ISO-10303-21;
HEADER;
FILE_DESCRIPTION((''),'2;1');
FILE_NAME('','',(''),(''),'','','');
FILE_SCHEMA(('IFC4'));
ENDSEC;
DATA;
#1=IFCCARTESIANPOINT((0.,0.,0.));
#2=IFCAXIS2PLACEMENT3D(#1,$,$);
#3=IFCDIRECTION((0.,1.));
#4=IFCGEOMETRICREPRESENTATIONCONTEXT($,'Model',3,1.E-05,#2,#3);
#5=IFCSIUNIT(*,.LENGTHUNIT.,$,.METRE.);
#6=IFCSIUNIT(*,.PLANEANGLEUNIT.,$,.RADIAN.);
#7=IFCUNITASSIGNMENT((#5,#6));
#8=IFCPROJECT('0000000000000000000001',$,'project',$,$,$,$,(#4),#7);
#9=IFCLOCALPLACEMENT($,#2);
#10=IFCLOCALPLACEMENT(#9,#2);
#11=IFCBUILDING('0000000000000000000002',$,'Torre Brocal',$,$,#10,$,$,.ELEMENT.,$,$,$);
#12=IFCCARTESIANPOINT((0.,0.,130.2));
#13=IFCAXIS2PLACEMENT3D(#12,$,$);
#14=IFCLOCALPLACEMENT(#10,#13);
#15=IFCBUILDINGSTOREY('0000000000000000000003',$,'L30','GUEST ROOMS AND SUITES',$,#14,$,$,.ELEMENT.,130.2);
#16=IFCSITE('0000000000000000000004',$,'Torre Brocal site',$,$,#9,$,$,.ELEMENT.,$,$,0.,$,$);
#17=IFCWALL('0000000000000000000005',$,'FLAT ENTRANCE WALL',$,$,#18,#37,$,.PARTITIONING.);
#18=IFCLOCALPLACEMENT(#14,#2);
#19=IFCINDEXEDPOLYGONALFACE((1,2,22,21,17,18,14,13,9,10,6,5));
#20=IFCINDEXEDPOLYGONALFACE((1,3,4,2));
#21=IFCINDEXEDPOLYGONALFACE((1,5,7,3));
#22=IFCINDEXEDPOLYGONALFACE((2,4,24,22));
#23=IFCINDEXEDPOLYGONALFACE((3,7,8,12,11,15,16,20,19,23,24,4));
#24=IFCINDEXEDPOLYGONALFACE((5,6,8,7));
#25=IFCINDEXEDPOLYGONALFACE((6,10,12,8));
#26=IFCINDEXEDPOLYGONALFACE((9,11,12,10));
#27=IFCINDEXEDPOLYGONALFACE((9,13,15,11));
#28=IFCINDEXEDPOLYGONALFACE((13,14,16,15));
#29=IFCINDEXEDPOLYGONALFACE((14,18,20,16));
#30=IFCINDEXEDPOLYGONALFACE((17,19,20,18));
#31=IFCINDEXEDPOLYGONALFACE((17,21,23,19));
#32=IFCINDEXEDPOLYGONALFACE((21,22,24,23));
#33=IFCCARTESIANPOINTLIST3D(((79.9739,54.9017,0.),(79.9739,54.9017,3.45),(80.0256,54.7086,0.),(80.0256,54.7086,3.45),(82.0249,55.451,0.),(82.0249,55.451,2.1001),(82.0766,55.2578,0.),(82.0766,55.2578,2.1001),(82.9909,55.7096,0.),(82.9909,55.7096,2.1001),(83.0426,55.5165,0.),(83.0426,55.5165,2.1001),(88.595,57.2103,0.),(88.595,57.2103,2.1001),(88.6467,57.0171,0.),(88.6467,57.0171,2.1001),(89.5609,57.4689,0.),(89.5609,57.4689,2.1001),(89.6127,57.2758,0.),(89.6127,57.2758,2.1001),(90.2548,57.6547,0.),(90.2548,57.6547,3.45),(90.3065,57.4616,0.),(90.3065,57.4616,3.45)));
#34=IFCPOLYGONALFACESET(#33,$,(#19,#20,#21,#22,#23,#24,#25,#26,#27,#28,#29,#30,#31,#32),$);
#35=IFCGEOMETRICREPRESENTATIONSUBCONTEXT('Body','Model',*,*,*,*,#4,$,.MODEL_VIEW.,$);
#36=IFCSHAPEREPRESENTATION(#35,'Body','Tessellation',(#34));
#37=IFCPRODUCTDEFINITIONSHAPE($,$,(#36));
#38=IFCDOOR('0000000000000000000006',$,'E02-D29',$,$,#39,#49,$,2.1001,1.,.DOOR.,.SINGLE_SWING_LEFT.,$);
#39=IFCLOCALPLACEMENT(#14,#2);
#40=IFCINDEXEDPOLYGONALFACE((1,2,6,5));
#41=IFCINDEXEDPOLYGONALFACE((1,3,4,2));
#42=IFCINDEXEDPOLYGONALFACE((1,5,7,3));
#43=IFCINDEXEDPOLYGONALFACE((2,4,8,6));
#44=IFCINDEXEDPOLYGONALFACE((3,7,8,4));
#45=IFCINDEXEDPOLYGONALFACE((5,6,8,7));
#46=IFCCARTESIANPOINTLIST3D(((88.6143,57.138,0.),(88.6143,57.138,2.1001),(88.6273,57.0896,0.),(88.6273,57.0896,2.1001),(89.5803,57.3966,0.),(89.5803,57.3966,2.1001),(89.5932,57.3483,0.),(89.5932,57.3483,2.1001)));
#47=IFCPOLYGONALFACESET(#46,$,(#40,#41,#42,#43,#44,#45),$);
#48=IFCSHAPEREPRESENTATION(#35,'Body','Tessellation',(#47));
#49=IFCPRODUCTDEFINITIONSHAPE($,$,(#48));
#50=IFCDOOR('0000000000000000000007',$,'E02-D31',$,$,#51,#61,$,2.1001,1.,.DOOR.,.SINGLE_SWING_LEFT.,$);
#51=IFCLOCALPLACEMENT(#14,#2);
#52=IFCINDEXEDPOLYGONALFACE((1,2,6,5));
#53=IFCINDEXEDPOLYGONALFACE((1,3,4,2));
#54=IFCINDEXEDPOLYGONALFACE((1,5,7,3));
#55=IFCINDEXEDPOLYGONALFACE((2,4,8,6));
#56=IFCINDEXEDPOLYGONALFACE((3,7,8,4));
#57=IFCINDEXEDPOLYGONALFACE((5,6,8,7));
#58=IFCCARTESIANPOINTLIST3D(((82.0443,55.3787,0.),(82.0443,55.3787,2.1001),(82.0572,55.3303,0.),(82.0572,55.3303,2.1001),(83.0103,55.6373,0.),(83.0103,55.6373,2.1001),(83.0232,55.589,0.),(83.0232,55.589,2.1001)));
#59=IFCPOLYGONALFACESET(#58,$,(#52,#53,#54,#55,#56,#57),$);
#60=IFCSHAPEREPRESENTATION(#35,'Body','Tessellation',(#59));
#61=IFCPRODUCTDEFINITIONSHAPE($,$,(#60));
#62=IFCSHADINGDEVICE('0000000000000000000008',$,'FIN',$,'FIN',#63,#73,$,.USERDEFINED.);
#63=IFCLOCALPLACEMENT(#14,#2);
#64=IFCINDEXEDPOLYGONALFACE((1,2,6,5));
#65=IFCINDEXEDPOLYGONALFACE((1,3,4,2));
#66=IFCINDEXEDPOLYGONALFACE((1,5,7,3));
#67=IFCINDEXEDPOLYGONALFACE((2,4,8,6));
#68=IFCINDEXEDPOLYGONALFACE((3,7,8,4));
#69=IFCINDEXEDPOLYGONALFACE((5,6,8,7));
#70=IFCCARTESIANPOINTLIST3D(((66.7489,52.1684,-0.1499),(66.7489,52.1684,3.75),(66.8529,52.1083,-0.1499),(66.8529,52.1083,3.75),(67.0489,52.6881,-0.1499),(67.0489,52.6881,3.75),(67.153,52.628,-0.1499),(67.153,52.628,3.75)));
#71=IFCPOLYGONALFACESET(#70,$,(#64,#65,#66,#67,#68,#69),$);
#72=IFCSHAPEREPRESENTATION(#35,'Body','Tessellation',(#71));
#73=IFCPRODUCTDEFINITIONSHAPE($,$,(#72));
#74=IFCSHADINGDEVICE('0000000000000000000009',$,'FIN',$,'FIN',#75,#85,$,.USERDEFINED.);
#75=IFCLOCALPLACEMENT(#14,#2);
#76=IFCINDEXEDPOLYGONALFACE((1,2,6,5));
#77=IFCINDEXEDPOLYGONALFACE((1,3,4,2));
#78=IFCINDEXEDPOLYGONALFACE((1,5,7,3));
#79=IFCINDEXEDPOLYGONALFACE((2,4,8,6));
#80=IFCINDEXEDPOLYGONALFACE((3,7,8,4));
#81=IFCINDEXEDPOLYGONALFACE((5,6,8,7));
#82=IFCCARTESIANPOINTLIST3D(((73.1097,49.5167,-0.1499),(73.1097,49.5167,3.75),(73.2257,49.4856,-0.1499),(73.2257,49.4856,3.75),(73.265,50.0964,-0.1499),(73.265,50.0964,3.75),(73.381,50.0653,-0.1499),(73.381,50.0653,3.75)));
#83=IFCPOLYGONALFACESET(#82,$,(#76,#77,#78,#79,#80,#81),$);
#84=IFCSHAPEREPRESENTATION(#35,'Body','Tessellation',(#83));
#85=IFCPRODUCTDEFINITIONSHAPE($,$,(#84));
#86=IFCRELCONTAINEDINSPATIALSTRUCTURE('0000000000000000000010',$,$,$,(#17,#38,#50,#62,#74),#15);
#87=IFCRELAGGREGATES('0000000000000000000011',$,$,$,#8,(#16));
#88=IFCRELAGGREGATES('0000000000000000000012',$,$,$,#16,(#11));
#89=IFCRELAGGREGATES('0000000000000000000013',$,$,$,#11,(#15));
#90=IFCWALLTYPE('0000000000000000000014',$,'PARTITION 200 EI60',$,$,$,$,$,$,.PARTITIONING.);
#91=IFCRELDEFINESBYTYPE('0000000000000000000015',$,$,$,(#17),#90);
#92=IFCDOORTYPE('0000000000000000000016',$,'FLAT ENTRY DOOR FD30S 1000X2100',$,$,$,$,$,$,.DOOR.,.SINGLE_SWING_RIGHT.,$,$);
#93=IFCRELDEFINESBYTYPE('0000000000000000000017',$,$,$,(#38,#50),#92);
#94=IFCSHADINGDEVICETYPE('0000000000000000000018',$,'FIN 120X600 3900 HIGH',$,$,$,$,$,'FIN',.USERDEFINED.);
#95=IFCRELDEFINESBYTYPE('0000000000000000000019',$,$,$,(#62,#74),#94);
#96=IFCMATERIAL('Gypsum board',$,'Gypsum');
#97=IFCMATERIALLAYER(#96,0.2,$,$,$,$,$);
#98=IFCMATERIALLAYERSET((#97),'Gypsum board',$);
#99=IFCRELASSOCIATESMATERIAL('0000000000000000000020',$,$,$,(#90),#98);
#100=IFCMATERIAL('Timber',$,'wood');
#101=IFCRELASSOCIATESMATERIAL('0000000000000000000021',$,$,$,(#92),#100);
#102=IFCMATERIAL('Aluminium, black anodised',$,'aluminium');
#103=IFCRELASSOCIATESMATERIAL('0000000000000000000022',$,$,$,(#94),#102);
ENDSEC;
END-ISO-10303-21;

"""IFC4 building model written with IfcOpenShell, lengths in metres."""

from ifc_helpers import new_model, si_unit, direction, frame, frame_2d, origin, origin_2d, place, context, subcontext, project, spatial, rectangle, extrude, material, layer, layer_set, material_profile, profile_set, type_object, element, fill, save


model = new_model("IFC4")

# Units and contexts
model_context = context("Model", 3, precision=1e-05, world=origin(), true_north=direction((0.0, 1.0)))
body_context = subcontext(model_context, "Body", "Model", "MODEL_VIEW")
ifc_project = project(units=[si_unit("LENGTHUNIT", "METRE"), si_unit("PLANEANGLEUNIT", "RADIAN")], contexts=[model_context])

# Site, building, storey
site_placement = place(None, origin())
site = spatial("IfcSite", under=ifc_project, at=site_placement, Name="Torre Brocal site", CompositionType="ELEMENT", RefElevation=0.0)
building_placement = place(site_placement, origin())
building = spatial("IfcBuilding", under=site, at=building_placement, Name="Torre Brocal", CompositionType="ELEMENT")
storey_placement = place(building_placement, frame((0.0, 0.0, 130.2)))
storey = spatial("IfcBuildingStorey", under=building, at=storey_placement, Name="L30", Description="GUEST ROOMS AND SUITES", CompositionType="ELEMENT", Elevation=130.2)

# Shared definitions
ifc_material_1 = material(Name="Gypsum board", Category="Gypsum")
ifc_layer_1 = layer(ifc_material_1, 0.2)
ifc_layer_set_1 = layer_set([ifc_layer_1], Name="Gypsum board")
wall_type_1 = type_object("IfcWallType", Name="PARTITION 200 EI60", PredefinedType="PARTITIONING", material=ifc_layer_set_1)
ifc_material_2 = material(Name="Timber", Category="wood")
door_type_1 = type_object("IfcDoorType", Name="FLAT ENTRY DOOR FD30S 1000X2100", OperationType="SINGLE_SWING_RIGHT", PredefinedType="DOOR", material=ifc_material_2)

# Wall, openings, doors
wall_1_placement = place(storey_placement, frame((79.9998, 54.8052, 0.0), z_axis=(0.0, 0.0, 1.0), x_axis=(0.965968, 0.258662, 0.0)))
wall_1 = element("IfcWall", 1, at=wall_1_placement, inside=storey, type_object=wall_type_1, Name="FLAT ENTRANCE WALL", PredefinedType="PARTITIONING", context=body_context, shape_type="SweptSolid", body=[
    extrude(rectangle(XDim=10.6431, YDim=0.2, at=frame_2d((5.3215, 0.0))), origin(), (0.0, 0.0, 1.0), 3.45),
])
opening_1_placement = place(wall_1_placement, frame((8.9248, 0.0, 0.0)))
opening_1 = element("IfcOpeningElement", 2, at=opening_1_placement, cuts=wall_1, PredefinedType="OPENING", context=body_context, shape_type="SweptSolid", body=[
    extrude(rectangle(XDim=1.0, YDim=2.1001, at=frame_2d((0.5, 1.05))), frame((0.0, 0.1099, 0.0), z_axis=(0.0, -1.0, 0.0), x_axis=(1.0, 0.0, 0.0)), (0.0, 0.0, 1.0), 0.22),
])
opening_2_placement = place(wall_1_placement, frame((2.1233, 0.0, 0.0)))
opening_2 = element("IfcOpeningElement", 3, at=opening_2_placement, cuts=wall_1, PredefinedType="OPENING", context=body_context, shape_type="SweptSolid", body=[
    extrude(rectangle(XDim=1.0, YDim=2.1001, at=frame_2d((0.5, 1.05))), frame((0.0, 0.1099, 0.0), z_axis=(0.0, -1.0, 0.0), x_axis=(1.0, 0.0, 0.0)), (0.0, 0.0, 1.0), 0.22),
])
door_1_placement = place(opening_1_placement, frame((1.0, 0.0, 0.0), z_axis=(0.0, 0.0, 1.0), x_axis=(-1.0, 0.0, 0.0)))
door_1 = element("IfcDoor", 4, at=door_1_placement, inside=storey, type_object=door_type_1, Name="E02-D29", OperationType="SINGLE_SWING_LEFT", OverallHeight=2.1001, OverallWidth=1.0, PredefinedType="DOOR", context=body_context, shape_type="SweptSolid", body=[
    extrude(rectangle(XDim=1.0, YDim=2.1001, at=frame_2d((0.5, 1.05))), frame((0.0, 0.0249, 0.0), z_axis=(0.0, -1.0, 0.0), x_axis=(1.0, 0.0, 0.0)), (0.0, 0.0, 1.0), 0.05),
])
fill(opening_1, door_1)
door_2_placement = place(opening_2_placement, frame((1.0, 0.0, 0.0), z_axis=(0.0, 0.0, 1.0), x_axis=(-1.0, 0.0, 0.0)))
door_2 = element("IfcDoor", 5, at=door_2_placement, inside=storey, type_object=door_type_1, Name="E02-D31", OperationType="SINGLE_SWING_LEFT", OverallHeight=2.1001, OverallWidth=1.0, PredefinedType="DOOR", context=body_context, shape_type="SweptSolid", body=[
    extrude(rectangle(XDim=1.0, YDim=2.1001, at=frame_2d((0.5, 1.05))), frame((0.0, 0.0249, 0.0), z_axis=(0.0, -1.0, 0.0), x_axis=(1.0, 0.0, 0.0)), (0.0, 0.0, 1.0), 0.05),
])
fill(opening_2, door_2)

# Shading devices
ifc_material_3 = material(Name="Aluminium, black anodised", Category="aluminium")
ifc_material_profile_1 = material_profile(ifc_material_3, rectangle(XDim=0.1201, YDim=0.6001, at=origin_2d()), Name="FIN 120X600 3900 HIGH")
ifc_profile_set_1 = profile_set([ifc_material_profile_1], Name="Aluminium, black anodised")
shading_device_type = type_object("IfcShadingDeviceType", Name="FIN 120X600 3900 HIGH", ElementType="FIN", PredefinedType="USERDEFINED", material=ifc_profile_set_1)
for number, where, z_axis, x_axis, name in (
    (6, (66.9509, 52.3982, -0.1499), (0.0, 0.0, 1.0), (0.866025, -0.5, 0.0), "FIN"),
    (7, (73.2454, 49.791, -0.1499), (0.0, 0.0, 1.0), (0.965926, -0.258819, 0.0), "FIN"),
):
    element("IfcShadingDevice", number, at=place(storey_placement, frame(where, z_axis=z_axis, x_axis=x_axis)), inside=storey, type_object=shading_device_type, Name=name, ObjectType="FIN", PredefinedType="USERDEFINED", context=body_context, shape_type="SweptSolid", body=[
        extrude(rectangle(XDim=0.1201, YDim=0.6001, at=origin_2d()), origin(), (0.0, 0.0, 1.0), 3.8999),
    ])

save(model, "model.ifc")
